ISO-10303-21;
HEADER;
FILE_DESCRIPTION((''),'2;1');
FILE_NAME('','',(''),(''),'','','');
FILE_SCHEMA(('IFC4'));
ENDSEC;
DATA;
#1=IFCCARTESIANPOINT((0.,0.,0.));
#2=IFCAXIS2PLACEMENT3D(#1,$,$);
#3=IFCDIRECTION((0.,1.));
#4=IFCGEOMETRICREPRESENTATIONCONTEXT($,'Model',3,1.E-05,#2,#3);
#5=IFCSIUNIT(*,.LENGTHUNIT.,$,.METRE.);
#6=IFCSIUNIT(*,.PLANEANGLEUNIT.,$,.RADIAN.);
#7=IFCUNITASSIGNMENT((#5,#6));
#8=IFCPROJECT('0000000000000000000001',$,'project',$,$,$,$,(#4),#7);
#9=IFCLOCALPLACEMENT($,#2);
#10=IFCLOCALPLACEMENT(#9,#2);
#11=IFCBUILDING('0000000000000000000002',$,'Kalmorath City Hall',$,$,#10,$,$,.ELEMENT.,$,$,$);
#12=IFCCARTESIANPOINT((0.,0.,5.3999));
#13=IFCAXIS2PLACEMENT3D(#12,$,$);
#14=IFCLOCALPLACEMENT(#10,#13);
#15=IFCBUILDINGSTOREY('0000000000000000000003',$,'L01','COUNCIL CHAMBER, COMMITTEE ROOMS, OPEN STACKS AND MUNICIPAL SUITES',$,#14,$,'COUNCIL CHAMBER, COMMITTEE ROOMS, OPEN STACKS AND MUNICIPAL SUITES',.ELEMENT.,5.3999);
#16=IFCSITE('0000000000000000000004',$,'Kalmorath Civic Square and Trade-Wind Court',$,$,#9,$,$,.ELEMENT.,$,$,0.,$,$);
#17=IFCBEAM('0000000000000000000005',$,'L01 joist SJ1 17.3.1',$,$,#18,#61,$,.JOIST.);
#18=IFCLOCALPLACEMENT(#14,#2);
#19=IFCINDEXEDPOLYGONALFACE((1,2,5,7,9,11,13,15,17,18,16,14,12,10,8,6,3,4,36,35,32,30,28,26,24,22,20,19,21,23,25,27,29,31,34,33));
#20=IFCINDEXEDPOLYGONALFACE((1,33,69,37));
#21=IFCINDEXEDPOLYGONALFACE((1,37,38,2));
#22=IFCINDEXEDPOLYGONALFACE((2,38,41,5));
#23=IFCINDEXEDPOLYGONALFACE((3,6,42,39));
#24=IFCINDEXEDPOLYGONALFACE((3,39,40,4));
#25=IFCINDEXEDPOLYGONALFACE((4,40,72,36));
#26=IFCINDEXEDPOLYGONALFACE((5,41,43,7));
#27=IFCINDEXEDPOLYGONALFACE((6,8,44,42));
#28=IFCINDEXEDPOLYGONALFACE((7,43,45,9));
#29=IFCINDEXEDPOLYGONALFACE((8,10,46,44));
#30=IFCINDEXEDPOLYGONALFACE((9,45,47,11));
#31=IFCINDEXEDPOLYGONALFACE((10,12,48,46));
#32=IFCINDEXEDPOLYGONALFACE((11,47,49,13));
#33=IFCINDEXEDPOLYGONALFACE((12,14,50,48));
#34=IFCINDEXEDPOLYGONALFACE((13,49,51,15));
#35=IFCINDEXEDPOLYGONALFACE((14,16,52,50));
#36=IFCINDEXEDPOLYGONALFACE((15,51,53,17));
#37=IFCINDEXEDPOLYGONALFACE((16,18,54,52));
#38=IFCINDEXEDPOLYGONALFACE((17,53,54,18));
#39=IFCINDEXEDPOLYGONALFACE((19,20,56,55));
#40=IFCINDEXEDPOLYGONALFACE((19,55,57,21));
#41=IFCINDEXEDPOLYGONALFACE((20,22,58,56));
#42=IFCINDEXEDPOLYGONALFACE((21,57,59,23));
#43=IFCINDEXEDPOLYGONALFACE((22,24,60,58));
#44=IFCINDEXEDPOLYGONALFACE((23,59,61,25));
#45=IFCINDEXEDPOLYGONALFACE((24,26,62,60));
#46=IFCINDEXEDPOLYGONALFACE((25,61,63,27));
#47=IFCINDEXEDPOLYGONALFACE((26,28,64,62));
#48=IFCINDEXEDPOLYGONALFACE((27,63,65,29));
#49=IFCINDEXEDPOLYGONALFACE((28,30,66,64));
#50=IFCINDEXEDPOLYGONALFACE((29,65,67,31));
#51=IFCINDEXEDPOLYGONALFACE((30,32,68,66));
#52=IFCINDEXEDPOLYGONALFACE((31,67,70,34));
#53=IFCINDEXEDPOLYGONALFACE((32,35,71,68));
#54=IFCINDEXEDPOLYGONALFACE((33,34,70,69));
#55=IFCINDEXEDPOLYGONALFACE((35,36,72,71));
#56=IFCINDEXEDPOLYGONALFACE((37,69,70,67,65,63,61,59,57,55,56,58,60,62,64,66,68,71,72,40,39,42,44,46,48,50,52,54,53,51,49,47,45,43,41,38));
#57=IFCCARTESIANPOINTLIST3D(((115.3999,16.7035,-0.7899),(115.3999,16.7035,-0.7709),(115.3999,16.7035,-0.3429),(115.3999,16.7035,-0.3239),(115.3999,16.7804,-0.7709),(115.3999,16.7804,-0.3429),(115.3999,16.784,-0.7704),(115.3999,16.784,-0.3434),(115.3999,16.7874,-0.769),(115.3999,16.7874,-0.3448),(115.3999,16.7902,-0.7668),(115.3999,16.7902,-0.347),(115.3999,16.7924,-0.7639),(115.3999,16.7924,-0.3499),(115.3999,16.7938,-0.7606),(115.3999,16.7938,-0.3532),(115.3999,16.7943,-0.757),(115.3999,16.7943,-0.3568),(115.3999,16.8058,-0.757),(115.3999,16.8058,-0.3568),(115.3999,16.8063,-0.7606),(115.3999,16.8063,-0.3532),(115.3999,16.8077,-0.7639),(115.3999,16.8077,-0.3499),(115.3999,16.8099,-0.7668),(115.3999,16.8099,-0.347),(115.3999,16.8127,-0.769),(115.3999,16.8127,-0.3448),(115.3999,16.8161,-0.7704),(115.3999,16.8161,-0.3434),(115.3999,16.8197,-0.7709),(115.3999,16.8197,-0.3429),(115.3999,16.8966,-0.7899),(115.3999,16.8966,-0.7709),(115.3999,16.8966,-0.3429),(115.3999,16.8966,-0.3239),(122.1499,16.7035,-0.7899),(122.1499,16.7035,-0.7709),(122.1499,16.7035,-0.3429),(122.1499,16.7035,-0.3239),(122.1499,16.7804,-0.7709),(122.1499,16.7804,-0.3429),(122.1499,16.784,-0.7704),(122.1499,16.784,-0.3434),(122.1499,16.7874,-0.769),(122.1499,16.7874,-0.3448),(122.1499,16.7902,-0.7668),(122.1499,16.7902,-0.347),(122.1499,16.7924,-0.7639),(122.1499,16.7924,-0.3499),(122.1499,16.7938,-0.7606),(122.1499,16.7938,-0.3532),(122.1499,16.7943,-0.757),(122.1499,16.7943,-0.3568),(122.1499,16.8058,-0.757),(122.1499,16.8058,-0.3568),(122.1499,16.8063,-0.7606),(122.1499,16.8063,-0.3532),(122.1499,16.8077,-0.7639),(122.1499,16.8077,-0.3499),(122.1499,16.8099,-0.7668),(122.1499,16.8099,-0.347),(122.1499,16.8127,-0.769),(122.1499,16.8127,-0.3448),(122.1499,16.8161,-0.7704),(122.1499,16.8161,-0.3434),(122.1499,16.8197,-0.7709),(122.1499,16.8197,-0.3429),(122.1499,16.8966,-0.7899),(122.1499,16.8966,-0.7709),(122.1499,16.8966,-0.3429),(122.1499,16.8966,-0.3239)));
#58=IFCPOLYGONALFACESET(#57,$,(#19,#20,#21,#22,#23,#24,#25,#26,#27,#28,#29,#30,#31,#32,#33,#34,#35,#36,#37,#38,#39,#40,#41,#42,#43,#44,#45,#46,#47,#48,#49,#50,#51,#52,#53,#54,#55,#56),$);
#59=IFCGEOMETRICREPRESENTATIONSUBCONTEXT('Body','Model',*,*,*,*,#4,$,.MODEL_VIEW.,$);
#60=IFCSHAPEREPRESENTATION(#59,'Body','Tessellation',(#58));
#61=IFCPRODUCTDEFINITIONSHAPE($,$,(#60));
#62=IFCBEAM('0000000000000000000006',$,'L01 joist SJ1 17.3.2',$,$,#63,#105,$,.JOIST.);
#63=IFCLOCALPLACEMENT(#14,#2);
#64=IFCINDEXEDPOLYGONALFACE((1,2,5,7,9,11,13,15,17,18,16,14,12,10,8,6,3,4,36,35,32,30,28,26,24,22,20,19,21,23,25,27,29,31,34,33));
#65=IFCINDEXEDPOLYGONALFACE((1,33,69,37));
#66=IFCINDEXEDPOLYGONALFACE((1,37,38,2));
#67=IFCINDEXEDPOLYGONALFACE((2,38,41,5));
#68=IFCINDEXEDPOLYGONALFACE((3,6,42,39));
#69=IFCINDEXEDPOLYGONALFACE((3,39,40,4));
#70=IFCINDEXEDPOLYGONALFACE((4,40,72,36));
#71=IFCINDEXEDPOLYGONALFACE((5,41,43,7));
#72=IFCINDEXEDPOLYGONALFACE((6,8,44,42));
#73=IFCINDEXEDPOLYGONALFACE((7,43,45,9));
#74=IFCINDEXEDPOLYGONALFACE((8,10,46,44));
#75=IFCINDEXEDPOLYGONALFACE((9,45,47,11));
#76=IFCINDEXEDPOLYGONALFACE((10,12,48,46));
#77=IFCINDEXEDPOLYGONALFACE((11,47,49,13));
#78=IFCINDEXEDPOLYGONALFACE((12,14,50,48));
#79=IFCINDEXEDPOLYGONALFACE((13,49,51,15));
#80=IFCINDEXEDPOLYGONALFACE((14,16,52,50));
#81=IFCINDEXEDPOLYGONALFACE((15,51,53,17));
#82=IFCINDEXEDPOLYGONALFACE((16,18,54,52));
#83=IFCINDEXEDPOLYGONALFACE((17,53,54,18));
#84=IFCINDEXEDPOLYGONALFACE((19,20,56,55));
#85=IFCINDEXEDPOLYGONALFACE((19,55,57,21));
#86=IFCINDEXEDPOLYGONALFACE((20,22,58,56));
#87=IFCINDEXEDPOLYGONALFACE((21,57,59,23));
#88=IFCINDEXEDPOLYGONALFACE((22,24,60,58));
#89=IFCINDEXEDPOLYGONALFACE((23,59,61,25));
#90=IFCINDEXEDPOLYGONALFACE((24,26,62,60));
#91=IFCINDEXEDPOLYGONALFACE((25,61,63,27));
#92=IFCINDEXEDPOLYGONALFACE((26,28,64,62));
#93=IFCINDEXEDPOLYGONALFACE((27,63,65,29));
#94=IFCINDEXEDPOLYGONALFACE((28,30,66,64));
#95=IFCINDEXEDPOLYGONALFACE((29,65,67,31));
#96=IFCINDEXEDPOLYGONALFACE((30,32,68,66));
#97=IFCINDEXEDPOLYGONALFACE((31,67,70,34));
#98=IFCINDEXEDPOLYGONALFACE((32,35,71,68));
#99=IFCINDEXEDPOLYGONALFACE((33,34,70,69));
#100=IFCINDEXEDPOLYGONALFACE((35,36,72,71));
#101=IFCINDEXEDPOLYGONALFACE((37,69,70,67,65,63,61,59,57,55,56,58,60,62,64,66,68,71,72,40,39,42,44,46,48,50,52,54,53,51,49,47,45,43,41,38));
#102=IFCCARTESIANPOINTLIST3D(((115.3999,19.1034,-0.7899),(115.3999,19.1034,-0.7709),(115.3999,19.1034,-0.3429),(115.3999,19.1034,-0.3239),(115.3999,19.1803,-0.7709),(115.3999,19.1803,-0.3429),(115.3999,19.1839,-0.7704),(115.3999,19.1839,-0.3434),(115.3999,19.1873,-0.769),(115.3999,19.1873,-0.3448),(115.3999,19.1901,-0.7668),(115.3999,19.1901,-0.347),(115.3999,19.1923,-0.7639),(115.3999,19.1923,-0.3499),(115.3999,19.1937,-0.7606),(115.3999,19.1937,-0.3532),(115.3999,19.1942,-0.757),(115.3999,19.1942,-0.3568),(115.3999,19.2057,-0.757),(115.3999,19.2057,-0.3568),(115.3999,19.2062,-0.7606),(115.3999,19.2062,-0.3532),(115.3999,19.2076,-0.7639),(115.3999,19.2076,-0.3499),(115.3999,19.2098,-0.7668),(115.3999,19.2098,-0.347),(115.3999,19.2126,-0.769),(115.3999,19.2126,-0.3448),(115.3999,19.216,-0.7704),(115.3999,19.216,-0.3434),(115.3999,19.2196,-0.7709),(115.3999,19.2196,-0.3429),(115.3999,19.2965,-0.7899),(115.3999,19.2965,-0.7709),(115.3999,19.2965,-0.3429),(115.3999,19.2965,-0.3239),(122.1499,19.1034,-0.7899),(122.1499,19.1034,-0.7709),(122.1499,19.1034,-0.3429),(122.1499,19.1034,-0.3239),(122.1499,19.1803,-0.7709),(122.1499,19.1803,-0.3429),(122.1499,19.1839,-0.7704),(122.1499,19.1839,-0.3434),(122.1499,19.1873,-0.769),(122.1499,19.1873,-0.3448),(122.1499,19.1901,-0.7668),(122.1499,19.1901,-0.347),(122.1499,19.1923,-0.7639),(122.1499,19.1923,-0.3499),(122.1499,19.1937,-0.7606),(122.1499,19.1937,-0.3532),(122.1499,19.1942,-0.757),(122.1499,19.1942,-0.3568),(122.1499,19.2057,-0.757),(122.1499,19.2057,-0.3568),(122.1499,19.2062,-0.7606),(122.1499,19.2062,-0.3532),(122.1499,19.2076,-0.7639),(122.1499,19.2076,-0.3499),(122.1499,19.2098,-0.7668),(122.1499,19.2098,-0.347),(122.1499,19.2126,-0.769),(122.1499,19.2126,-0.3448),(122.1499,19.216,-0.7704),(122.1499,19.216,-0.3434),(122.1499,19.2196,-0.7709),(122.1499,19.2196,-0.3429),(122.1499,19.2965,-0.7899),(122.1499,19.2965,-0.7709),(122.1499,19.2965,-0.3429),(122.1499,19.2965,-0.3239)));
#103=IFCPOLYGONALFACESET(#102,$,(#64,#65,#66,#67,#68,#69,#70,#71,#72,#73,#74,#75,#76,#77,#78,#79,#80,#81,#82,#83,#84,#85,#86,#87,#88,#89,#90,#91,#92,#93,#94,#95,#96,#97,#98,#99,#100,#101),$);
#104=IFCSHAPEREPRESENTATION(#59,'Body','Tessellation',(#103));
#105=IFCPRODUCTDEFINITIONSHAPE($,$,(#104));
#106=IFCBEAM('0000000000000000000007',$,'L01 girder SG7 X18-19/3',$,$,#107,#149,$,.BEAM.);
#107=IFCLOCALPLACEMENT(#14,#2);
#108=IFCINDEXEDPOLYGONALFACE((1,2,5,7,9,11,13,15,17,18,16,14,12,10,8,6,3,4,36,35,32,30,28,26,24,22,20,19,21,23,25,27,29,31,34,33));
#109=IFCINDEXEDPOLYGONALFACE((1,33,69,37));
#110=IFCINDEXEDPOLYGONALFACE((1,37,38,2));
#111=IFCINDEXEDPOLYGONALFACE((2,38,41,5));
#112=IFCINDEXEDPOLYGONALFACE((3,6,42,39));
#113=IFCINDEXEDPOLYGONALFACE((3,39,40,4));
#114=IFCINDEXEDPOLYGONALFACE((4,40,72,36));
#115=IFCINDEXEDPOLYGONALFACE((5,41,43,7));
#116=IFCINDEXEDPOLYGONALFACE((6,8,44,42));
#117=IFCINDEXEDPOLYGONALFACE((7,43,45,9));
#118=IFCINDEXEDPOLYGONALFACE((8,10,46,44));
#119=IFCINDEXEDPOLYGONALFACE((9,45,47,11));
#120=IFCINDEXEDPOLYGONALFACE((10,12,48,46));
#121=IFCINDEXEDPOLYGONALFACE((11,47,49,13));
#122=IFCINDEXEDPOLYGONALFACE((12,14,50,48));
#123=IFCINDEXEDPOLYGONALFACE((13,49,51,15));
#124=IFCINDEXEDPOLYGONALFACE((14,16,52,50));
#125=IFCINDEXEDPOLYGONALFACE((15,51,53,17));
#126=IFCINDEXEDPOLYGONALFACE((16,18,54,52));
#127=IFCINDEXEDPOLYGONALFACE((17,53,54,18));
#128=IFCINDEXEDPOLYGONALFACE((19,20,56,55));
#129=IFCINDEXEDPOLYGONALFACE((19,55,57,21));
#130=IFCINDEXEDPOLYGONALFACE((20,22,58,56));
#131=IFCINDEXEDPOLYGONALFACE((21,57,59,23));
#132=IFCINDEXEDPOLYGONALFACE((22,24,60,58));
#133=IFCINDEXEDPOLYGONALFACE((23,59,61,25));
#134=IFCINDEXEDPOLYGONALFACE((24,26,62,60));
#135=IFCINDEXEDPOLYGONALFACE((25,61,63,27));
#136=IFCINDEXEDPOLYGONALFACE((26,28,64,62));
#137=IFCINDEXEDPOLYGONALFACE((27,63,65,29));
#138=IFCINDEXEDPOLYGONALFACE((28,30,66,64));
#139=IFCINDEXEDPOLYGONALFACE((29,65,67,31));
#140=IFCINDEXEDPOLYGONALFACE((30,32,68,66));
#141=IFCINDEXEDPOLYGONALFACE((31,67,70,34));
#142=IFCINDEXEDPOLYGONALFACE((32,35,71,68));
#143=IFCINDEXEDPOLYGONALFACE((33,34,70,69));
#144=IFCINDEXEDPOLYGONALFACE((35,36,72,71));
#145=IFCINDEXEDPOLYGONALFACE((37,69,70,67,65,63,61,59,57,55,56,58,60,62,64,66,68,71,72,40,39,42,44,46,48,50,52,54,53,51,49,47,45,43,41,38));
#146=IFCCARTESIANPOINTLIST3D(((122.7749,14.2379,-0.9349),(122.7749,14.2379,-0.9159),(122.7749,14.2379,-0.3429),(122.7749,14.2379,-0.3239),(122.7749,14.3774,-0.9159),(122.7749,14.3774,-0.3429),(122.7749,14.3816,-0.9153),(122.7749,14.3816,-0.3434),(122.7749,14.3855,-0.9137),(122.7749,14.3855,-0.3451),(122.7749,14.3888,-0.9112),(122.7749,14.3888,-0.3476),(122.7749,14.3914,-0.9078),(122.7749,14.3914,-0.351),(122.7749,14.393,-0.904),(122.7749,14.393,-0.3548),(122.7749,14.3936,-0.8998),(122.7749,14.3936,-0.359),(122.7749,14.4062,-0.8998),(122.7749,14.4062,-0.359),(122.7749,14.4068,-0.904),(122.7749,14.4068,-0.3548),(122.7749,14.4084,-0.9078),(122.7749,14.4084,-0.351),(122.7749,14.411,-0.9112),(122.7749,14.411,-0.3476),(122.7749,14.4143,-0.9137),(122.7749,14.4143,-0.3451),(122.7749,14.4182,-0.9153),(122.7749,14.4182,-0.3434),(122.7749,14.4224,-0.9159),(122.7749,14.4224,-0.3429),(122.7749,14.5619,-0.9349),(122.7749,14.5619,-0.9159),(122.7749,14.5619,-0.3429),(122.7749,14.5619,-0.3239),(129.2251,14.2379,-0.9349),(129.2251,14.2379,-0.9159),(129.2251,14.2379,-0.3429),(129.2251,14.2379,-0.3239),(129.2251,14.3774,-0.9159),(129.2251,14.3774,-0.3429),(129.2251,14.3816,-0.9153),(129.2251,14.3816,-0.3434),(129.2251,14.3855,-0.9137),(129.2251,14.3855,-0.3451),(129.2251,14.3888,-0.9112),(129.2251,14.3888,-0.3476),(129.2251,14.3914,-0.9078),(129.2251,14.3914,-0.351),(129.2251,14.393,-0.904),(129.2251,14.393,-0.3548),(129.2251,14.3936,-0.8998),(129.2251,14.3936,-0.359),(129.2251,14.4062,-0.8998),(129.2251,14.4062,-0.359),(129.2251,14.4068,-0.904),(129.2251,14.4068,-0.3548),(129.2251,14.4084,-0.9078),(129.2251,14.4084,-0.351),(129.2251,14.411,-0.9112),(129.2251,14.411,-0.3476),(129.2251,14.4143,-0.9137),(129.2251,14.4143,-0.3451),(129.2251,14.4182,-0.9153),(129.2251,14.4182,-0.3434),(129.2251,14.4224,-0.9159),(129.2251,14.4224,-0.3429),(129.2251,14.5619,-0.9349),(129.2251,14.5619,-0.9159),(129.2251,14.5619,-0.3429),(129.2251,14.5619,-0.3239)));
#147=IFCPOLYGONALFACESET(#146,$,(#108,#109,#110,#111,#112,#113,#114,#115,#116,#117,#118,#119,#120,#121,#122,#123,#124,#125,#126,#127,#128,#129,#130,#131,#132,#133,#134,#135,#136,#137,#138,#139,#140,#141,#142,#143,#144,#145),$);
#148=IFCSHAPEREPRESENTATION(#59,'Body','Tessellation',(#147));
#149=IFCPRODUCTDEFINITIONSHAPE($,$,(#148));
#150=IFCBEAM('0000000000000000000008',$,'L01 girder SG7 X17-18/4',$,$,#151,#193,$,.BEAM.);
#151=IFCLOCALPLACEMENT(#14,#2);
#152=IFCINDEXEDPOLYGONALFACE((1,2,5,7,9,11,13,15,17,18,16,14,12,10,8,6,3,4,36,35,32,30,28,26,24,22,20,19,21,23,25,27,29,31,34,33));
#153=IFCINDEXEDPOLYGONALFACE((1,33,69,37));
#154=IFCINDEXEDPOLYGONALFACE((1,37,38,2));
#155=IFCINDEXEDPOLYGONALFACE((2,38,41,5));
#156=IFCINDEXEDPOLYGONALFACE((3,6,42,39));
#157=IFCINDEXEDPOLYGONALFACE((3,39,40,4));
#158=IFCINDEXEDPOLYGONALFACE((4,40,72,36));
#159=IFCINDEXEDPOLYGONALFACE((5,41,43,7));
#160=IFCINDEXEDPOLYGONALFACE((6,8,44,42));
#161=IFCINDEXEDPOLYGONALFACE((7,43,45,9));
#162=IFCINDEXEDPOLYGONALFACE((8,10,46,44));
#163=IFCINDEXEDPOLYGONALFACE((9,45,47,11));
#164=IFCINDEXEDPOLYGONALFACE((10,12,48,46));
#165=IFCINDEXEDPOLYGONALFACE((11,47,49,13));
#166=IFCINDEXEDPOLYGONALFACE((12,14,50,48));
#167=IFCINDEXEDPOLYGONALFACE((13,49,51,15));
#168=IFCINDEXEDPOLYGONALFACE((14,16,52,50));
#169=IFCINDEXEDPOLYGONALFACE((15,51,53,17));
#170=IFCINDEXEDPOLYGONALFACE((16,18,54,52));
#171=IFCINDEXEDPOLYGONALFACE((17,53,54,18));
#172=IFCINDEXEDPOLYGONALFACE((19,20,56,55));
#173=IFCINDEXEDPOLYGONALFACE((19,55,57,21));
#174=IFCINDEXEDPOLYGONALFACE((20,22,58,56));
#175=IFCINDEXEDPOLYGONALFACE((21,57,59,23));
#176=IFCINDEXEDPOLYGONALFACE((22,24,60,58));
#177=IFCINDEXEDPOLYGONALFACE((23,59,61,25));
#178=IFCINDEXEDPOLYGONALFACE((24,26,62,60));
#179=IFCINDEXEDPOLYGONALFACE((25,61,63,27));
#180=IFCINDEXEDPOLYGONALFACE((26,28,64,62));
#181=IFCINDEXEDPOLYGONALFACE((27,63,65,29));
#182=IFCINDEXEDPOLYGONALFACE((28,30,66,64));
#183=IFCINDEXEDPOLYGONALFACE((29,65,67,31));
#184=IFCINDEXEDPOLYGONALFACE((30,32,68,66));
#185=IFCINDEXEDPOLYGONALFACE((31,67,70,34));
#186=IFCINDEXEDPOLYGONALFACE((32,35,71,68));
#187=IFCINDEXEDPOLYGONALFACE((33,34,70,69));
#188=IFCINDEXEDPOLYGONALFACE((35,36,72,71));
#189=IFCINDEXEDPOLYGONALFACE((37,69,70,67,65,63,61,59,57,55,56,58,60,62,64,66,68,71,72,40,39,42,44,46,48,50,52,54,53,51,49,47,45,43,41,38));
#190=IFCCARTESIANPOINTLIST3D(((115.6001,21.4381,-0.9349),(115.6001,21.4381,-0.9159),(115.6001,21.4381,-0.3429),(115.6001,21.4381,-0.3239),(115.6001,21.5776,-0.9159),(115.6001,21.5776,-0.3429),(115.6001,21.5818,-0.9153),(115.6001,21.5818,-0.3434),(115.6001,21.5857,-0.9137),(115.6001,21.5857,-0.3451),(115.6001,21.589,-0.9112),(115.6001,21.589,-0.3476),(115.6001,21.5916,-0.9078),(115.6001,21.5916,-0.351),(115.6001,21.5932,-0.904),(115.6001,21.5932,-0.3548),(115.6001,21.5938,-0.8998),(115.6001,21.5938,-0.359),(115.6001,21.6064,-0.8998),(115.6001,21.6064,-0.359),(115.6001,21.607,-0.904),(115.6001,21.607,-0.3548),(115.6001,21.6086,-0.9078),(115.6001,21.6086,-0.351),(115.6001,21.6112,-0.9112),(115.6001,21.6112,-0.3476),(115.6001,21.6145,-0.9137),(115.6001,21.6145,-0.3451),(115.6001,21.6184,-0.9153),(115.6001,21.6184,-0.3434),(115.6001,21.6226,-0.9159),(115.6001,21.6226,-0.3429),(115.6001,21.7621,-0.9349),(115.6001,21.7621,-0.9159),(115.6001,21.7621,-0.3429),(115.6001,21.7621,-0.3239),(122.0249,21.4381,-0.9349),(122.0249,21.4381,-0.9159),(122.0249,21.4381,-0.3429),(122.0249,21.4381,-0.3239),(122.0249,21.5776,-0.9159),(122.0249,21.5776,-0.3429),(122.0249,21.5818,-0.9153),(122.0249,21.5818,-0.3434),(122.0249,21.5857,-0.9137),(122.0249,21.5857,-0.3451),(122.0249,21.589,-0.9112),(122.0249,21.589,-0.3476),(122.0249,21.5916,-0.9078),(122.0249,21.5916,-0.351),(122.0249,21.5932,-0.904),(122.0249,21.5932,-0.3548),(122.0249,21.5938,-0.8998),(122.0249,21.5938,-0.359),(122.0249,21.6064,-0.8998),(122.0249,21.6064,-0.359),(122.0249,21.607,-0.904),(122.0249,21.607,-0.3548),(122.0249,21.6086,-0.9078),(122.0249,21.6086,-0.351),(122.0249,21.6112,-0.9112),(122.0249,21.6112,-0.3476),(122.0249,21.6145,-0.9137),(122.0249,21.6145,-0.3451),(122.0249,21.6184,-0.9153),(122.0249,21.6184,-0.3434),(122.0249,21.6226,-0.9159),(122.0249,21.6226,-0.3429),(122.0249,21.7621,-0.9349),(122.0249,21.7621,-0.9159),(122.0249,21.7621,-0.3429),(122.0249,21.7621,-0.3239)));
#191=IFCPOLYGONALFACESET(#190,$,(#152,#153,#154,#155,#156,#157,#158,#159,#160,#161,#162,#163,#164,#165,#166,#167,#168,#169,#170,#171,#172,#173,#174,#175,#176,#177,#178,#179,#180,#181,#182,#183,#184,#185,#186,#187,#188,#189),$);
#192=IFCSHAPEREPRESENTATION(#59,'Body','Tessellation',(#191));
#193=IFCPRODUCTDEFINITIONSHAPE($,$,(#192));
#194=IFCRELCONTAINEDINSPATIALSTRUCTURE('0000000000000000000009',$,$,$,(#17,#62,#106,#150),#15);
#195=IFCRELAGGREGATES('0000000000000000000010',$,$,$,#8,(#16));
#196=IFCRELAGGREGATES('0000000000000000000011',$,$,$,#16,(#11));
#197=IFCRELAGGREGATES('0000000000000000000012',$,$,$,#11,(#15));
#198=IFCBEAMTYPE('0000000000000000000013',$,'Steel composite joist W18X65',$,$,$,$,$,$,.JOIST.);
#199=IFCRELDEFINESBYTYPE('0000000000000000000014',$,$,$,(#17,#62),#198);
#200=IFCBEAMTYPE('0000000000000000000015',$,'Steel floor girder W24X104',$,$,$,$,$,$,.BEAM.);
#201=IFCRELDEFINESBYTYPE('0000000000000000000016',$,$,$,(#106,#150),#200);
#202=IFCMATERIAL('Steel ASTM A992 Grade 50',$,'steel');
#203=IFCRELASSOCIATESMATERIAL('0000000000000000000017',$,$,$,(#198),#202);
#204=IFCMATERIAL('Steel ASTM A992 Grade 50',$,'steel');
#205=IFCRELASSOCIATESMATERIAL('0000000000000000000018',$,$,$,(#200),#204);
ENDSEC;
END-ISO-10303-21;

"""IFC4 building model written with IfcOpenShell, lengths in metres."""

from ifc_helpers import new_model, si_unit, direction, frame, origin, origin_2d, place, context, subcontext, project, spatial, i_section, extrude, material, material_profile, profile_set, type_object, element, save


model = new_model("IFC4")

# Units and contexts
model_context = context("Model", 3, precision=1e-05, world=origin(), true_north=direction((0.0, 1.0)))
body_context = subcontext(model_context, "Body", "Model", "MODEL_VIEW")
ifc_project = project(units=[si_unit("LENGTHUNIT", "METRE"), si_unit("PLANEANGLEUNIT", "RADIAN")], contexts=[model_context])

# Site, building, storey
site_placement = place(None, origin())
site = spatial("IfcSite", under=ifc_project, at=site_placement, Name="Kalmorath Civic Square and Trade-Wind Court", CompositionType="ELEMENT", RefElevation=0.0)
building_placement = place(site_placement, origin())
building = spatial("IfcBuilding", under=site, at=building_placement, Name="Kalmorath City Hall", CompositionType="ELEMENT")
storey_placement = place(building_placement, frame((0.0, 0.0, 5.3999)))
storey = spatial("IfcBuildingStorey", under=building, at=storey_placement, Name="L01", Description="COUNCIL CHAMBER, COMMITTEE ROOMS, OPEN STACKS AND MUNICIPAL SUITES", LongName="COUNCIL CHAMBER, COMMITTEE ROOMS, OPEN STACKS AND MUNICIPAL SUITES", CompositionType="ELEMENT", Elevation=5.3999)

# Beams
ifc_material_1 = material(Name="Steel ASTM A992 Grade 50", Category="steel")
ifc_material_profile_1 = material_profile(ifc_material_1, i_section(OverallWidth=0.1931, OverallDepth=0.4661, WebThickness=0.0115, FlangeThickness=0.019, FilletRadius=0.0139, at=origin_2d()), Name="W18X65")
ifc_profile_set_1 = profile_set([ifc_material_profile_1], Name="Steel ASTM A992 Grade 50")
beam_type_1 = type_object("IfcBeamType", Name="Steel composite joist W18X65", PredefinedType="JOIST", material=ifc_profile_set_1)
for number, where, z_axis, x_axis, name in (
    (1, (115.3999, 16.8, -0.5569), (1.0, 0.0, 0.0), (0.0, 1.0, 0.0), "L01 joist SJ1 17.3.1"),
    (2, (115.3999, 19.2, -0.5569), (1.0, 0.0, 0.0), (0.0, 1.0, 0.0), "L01 joist SJ1 17.3.2"),
):
    element("IfcBeam", number, at=place(storey_placement, frame(where, z_axis=z_axis, x_axis=x_axis)), inside=storey, type_object=beam_type_1, Name=name, PredefinedType="JOIST", context=body_context, shape_type="SweptSolid", body=[
        extrude(i_section(OverallWidth=0.1931, OverallDepth=0.4661, WebThickness=0.0115, FlangeThickness=0.019, FilletRadius=0.0139, at=origin_2d()), origin(), (0.0, 0.0, 1.0), 6.75),
    ])
ifc_material_2 = material(Name="Steel ASTM A992 Grade 50", Category="steel")
ifc_material_profile_2 = material_profile(ifc_material_2, i_section(OverallWidth=0.324, OverallDepth=0.6111, WebThickness=0.0127, FlangeThickness=0.019, FilletRadius=0.0161, at=origin_2d()), Name="W24X104")
ifc_profile_set_2 = profile_set([ifc_material_profile_2], Name="Steel ASTM A992 Grade 50")
beam_type_2 = type_object("IfcBeamType", Name="Steel floor girder W24X104", PredefinedType="BEAM", material=ifc_profile_set_2)
beam_1_placement = place(storey_placement, frame((122.7749, 14.3999, -0.6294), z_axis=(1.0, 0.0, 0.0), x_axis=(0.0, 1.0, 0.0)))
element("IfcBeam", 3, at=beam_1_placement, inside=storey, type_object=beam_type_2, Name="L01 girder SG7 X18-19/3", PredefinedType="BEAM", context=body_context, shape_type="SweptSolid", body=[
    extrude(i_section(OverallWidth=0.324, OverallDepth=0.6111, WebThickness=0.0127, FlangeThickness=0.019, FilletRadius=0.0161, at=origin_2d()), origin(), (0.0, 0.0, 1.0), 6.4502),
])
beam_2_placement = place(storey_placement, frame((115.6001, 21.6001, -0.6294), z_axis=(1.0, 0.0, 0.0), x_axis=(0.0, 1.0, 0.0)))
element("IfcBeam", 4, at=beam_2_placement, inside=storey, type_object=beam_type_2, Name="L01 girder SG7 X17-18/4", PredefinedType="BEAM", context=body_context, shape_type="SweptSolid", body=[
    extrude(i_section(OverallWidth=0.324, OverallDepth=0.6111, WebThickness=0.0127, FlangeThickness=0.019, FilletRadius=0.0161, at=origin_2d()), origin(), (0.0, 0.0, 1.0), 6.4248),
])

save(model, "model.ifc")
